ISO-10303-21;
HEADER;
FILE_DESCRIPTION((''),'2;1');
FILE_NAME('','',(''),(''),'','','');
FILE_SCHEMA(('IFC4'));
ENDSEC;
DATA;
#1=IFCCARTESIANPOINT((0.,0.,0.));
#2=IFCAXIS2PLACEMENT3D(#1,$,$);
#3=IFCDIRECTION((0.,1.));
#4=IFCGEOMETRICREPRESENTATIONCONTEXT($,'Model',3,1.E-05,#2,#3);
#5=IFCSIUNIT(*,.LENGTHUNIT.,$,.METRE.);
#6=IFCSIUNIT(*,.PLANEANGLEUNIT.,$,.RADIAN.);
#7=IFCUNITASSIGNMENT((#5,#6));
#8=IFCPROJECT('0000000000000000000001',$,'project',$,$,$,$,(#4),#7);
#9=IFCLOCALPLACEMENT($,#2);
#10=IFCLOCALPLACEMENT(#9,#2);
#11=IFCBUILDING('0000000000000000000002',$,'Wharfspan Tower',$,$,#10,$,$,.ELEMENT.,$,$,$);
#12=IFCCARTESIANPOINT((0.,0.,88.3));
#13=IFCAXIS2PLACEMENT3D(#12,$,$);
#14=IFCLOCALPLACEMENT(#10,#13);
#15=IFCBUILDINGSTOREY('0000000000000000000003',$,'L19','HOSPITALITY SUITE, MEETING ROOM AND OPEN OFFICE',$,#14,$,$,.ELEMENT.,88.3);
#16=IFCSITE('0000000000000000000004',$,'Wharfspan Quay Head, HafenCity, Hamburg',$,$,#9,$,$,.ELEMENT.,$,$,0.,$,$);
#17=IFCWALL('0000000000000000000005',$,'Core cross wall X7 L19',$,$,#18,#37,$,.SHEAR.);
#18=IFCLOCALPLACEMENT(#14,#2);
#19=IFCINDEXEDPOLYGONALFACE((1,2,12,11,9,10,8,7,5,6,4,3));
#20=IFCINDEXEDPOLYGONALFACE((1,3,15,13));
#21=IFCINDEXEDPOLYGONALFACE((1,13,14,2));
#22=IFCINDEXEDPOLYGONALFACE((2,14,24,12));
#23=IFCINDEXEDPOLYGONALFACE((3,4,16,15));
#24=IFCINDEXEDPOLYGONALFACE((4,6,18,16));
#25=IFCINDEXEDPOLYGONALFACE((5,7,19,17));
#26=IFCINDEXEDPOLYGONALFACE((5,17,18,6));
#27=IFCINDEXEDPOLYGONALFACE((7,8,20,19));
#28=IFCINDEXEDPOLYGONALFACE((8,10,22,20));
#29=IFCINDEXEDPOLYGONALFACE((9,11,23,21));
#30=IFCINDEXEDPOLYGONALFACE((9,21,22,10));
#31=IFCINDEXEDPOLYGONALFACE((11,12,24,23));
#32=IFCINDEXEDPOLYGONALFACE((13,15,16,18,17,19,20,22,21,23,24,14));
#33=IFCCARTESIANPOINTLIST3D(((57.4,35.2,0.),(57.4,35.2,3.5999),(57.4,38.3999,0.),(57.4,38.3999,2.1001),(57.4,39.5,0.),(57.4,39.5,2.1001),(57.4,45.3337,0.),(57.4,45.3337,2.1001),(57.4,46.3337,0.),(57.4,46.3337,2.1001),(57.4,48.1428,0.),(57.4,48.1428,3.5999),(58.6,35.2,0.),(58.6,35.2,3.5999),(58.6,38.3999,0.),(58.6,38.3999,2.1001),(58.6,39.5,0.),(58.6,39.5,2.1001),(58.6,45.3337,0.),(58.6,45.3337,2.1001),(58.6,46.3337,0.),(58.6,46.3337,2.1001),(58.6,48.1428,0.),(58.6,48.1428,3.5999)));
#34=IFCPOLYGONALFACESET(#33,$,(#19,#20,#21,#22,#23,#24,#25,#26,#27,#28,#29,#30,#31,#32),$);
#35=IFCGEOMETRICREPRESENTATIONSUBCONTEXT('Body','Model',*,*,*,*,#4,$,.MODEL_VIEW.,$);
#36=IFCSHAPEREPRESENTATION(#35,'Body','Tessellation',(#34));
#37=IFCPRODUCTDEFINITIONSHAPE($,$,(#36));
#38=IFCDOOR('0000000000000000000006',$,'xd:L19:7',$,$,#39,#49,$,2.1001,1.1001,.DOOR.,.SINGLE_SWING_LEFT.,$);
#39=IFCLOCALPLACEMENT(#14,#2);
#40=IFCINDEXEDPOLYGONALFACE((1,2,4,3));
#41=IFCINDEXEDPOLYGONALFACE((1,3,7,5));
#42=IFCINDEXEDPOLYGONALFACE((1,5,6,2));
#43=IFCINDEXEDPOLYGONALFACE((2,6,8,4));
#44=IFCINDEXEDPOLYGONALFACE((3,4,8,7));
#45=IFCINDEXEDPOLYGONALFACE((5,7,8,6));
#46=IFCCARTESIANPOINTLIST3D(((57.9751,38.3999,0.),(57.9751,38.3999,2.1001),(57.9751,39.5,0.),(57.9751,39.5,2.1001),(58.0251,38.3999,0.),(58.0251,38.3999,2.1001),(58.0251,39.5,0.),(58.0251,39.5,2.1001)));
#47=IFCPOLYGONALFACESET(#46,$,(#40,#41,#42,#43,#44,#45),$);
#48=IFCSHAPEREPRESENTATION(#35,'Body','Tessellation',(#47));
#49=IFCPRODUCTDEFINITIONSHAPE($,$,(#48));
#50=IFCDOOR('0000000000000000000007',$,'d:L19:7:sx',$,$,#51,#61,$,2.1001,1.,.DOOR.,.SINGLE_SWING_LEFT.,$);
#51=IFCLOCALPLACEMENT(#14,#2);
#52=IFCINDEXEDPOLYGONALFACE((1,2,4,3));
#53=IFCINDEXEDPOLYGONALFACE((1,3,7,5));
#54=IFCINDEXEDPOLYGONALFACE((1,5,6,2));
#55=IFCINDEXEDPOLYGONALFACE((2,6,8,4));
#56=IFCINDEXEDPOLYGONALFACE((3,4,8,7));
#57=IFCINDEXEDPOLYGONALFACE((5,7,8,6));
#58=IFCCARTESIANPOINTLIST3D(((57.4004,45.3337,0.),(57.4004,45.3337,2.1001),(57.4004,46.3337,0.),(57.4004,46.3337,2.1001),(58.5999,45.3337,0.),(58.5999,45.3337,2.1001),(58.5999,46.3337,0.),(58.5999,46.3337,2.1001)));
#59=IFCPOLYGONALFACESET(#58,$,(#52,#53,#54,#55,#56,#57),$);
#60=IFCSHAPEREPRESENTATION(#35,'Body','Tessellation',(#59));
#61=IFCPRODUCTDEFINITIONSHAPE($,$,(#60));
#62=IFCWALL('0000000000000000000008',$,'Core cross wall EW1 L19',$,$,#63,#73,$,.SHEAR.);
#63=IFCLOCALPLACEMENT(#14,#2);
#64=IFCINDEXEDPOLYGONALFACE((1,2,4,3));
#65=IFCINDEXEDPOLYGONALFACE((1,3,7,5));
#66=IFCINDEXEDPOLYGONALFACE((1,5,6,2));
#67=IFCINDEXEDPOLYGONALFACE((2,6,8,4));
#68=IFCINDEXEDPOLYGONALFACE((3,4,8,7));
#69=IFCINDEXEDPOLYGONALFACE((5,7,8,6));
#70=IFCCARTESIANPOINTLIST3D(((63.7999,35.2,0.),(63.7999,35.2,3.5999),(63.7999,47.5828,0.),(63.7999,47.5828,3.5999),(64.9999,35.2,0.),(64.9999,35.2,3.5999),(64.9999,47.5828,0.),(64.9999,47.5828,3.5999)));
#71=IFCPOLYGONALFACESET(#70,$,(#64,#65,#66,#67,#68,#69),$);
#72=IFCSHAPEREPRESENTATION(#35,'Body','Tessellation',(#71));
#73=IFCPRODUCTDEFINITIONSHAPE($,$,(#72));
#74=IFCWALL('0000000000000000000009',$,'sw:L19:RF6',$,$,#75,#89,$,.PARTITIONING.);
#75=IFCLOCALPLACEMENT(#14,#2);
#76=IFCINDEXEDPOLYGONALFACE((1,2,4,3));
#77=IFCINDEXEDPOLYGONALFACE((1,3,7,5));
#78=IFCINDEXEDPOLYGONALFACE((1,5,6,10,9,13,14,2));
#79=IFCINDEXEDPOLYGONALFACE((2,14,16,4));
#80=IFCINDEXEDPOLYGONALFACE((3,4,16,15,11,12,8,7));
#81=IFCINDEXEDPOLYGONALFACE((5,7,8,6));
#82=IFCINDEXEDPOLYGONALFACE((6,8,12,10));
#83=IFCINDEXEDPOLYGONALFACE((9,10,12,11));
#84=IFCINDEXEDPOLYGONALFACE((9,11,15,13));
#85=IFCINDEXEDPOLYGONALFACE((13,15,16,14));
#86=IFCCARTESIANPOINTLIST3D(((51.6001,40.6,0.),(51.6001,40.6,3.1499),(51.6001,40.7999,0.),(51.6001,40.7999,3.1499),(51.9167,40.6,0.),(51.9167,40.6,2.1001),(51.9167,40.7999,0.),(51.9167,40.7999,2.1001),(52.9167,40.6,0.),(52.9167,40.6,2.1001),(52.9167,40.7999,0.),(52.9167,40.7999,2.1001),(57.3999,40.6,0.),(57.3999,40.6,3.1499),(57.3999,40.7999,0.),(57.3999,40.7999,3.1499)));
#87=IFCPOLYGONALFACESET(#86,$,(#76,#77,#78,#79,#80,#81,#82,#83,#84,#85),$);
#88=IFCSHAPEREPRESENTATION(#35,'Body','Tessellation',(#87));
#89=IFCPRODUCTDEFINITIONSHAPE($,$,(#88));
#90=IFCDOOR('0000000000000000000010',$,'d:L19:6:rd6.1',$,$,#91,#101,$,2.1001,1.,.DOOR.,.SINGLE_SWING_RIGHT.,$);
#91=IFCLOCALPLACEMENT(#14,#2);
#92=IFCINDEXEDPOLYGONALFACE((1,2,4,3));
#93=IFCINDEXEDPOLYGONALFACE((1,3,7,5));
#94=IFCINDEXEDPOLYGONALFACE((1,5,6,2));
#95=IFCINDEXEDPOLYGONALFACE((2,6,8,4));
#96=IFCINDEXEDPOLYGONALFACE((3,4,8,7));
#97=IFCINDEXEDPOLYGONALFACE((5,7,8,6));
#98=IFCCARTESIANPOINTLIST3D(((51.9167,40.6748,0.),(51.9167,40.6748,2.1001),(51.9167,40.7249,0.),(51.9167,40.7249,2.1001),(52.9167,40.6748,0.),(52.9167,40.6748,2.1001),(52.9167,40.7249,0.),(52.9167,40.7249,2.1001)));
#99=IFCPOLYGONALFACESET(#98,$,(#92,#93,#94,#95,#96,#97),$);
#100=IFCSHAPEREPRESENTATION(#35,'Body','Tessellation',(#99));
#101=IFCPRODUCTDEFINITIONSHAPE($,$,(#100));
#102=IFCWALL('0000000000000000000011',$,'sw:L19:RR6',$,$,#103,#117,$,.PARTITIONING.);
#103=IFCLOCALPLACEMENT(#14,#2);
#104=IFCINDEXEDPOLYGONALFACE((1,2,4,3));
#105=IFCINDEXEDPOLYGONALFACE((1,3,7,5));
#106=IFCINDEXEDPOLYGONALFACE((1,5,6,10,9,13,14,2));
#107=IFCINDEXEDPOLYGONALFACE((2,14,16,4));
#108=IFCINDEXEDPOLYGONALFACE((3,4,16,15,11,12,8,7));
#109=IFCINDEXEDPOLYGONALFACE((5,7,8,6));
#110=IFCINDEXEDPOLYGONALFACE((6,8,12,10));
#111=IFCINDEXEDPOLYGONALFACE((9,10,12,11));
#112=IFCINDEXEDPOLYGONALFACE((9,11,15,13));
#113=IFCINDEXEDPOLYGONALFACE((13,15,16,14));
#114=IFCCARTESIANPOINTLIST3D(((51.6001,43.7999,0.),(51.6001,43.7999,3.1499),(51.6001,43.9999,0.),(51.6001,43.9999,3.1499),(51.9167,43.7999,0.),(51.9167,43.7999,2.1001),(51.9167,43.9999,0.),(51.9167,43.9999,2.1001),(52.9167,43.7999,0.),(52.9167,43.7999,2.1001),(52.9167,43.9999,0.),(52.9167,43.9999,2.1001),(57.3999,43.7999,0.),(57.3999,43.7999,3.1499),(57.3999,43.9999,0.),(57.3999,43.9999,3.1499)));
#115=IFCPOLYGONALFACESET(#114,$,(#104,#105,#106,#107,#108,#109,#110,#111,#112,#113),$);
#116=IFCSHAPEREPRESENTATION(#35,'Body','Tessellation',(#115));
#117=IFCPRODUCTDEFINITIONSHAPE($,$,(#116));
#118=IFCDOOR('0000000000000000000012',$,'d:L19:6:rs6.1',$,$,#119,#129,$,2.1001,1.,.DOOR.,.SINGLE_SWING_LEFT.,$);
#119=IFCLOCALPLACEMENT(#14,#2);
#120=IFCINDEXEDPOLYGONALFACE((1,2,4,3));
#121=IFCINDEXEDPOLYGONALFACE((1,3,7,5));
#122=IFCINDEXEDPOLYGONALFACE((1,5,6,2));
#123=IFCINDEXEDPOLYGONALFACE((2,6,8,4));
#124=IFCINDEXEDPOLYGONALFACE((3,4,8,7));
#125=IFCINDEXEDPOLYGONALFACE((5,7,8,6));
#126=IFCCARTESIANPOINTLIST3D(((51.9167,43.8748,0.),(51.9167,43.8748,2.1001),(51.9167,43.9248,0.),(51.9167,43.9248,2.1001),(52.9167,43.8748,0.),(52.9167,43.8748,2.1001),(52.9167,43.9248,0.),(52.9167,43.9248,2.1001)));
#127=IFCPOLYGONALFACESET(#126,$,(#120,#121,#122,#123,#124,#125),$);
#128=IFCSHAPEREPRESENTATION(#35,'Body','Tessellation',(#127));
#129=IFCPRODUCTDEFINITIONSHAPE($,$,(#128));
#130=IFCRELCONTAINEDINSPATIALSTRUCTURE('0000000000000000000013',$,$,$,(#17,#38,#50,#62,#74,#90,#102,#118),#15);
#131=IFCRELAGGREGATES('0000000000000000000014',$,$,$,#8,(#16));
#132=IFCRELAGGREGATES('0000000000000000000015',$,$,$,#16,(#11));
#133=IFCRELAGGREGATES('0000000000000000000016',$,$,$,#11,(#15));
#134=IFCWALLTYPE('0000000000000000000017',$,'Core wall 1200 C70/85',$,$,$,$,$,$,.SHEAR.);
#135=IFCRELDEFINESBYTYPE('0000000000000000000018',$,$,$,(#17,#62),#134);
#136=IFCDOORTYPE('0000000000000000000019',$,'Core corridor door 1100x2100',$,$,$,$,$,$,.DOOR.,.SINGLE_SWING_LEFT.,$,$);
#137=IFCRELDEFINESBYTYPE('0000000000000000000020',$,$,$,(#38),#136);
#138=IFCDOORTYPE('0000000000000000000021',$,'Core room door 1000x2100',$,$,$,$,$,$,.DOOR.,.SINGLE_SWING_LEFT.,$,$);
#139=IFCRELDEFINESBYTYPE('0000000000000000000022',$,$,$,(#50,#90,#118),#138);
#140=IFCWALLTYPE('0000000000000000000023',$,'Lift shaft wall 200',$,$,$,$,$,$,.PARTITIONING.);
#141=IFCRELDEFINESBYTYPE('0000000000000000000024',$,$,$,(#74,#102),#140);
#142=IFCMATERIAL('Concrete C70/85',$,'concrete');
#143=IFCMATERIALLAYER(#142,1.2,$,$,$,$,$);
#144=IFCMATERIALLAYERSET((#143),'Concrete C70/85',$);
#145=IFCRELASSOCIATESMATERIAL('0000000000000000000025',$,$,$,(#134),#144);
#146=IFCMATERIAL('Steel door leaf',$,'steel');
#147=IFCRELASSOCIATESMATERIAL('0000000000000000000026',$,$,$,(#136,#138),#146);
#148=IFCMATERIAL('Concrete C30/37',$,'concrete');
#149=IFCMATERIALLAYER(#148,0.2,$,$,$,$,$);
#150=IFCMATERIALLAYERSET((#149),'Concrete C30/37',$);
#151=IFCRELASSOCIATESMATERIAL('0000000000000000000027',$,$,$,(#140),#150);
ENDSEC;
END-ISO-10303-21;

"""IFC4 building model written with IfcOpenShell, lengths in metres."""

from ifc_helpers import new_model, si_unit, direction, frame, frame_2d, origin, place, context, subcontext, project, spatial, rectangle, extrude, material, layer, layer_set, type_object, element, fill, save


model = new_model("IFC4")

# Units and contexts
model_context = context("Model", 3, precision=1e-05, world=origin(), true_north=direction((0.0, 1.0)))
body_context = subcontext(model_context, "Body", "Model", "MODEL_VIEW")
ifc_project = project(units=[si_unit("LENGTHUNIT", "METRE"), si_unit("PLANEANGLEUNIT", "RADIAN")], contexts=[model_context])

# Site, building, storey
site_placement = place(None, origin())
site = spatial("IfcSite", under=ifc_project, at=site_placement, Name="Wharfspan Quay Head, HafenCity, Hamburg", CompositionType="ELEMENT", RefElevation=0.0)
building_placement = place(site_placement, origin())
building = spatial("IfcBuilding", under=site, at=building_placement, Name="Wharfspan Tower", CompositionType="ELEMENT")
storey_placement = place(building_placement, frame((0.0, 0.0, 88.3)))
storey = spatial("IfcBuildingStorey", under=building, at=storey_placement, Name="L19", Description="HOSPITALITY SUITE, MEETING ROOM AND OPEN OFFICE", CompositionType="ELEMENT", Elevation=88.3)

# Shared definitions
ifc_material_1 = material(Name="Concrete C70/85", Category="concrete")

# Wall, openings, doors
ifc_layer_1 = layer(ifc_material_1, 1.2)
ifc_layer_set_1 = layer_set([ifc_layer_1], Name="Concrete C70/85")
wall_type_1 = type_object("IfcWallType", Name="Core wall 1200 C70/85", PredefinedType="SHEAR", material=ifc_layer_set_1)
wall_1_placement = place(storey_placement, frame((58.0, 35.2, 0.0), z_axis=(0.0, 0.0, 1.0), x_axis=(0.0, 1.0, 0.0)))
wall_1 = element("IfcWall", 1, at=wall_1_placement, inside=storey, type_object=wall_type_1, Name="Core cross wall X7 L19", PredefinedType="SHEAR", context=body_context, shape_type="SweptSolid", body=[
    extrude(rectangle(XDim=12.9429, YDim=1.2, at=frame_2d((6.4714, 0.0))), origin(), (0.0, 0.0, 1.0), 3.5999),
])
opening_1_placement = place(wall_1_placement, frame((10.1338, 0.0, 0.0)))
opening_1 = element("IfcOpeningElement", 2, at=opening_1_placement, cuts=wall_1, PredefinedType="OPENING", context=body_context, shape_type="SweptSolid", body=[
    extrude(rectangle(XDim=1.0, YDim=2.1001, at=frame_2d((0.5, 1.05))), frame((0.0, 0.6099, 0.0), z_axis=(0.0, -1.0, 0.0), x_axis=(1.0, 0.0, 0.0)), (0.0, 0.0, 1.0), 1.22),
])
opening_2_placement = place(wall_1_placement, frame((3.2, 0.0, 0.0)))
opening_2 = element("IfcOpeningElement", 3, at=opening_2_placement, cuts=wall_1, PredefinedType="OPENING", context=body_context, shape_type="SweptSolid", body=[
    extrude(rectangle(XDim=1.1001, YDim=2.1001, at=frame_2d((0.55, 1.05))), frame((0.0, 0.6099, 0.0), z_axis=(0.0, -1.0, 0.0), x_axis=(1.0, 0.0, 0.0)), (0.0, 0.0, 1.0), 1.22),
])
ifc_material_2 = material(Name="Steel door leaf", Category="steel")
door_type_1 = type_object("IfcDoorType", Name="Core corridor door 1100x2100", OperationType="SINGLE_SWING_LEFT", PredefinedType="DOOR", material=ifc_material_2)
door_1_placement = place(opening_2_placement, origin())
door_1 = element("IfcDoor", 4, at=door_1_placement, inside=storey, type_object=door_type_1, Name="xd:L19:7", OperationType="SINGLE_SWING_LEFT", OverallHeight=2.1001, OverallWidth=1.1001, PredefinedType="DOOR", context=body_context, shape_type="SweptSolid", body=[
    extrude(rectangle(XDim=1.1001, YDim=2.1001, at=frame_2d((0.55, 1.05))), frame((0.0, 0.0249, 0.0), z_axis=(0.0, -1.0, 0.0), x_axis=(1.0, 0.0, 0.0)), (0.0, 0.0, 1.0), 0.05),
])
fill(opening_2, door_1)
door_type_2 = type_object("IfcDoorType", Name="Core room door 1000x2100", OperationType="SINGLE_SWING_LEFT", PredefinedType="DOOR", material=ifc_material_2)
door_2_placement = place(opening_1_placement, origin())
door_2 = element("IfcDoor", 5, at=door_2_placement, inside=storey, type_object=door_type_2, Name="d:L19:7:sx", OperationType="SINGLE_SWING_LEFT", OverallHeight=2.1001, OverallWidth=1.0, PredefinedType="DOOR", context=body_context, shape_type="SweptSolid", body=[
    extrude(rectangle(XDim=1.0, YDim=2.1001, at=frame_2d((0.5, 1.05))), frame((0.0, 0.5996, 0.0), z_axis=(0.0, -1.0, 0.0), x_axis=(1.0, 0.0, 0.0)), (0.0, 0.0, 1.0), 1.1995),
])
fill(opening_1, door_2)

# Wall
wall_2_placement = place(storey_placement, frame((64.3999, 35.2, 0.0), z_axis=(0.0, 0.0, 1.0), x_axis=(0.0, 1.0, 0.0)))
element("IfcWall", 6, at=wall_2_placement, inside=storey, type_object=wall_type_1, Name="Core cross wall EW1 L19", PredefinedType="SHEAR", context=body_context, shape_type="SweptSolid", body=[
    extrude(rectangle(XDim=12.3828, YDim=1.2, at=frame_2d((6.1914, 0.0))), origin(), (0.0, 0.0, 1.0), 3.5999),
])

# Walls, openings, doors
ifc_material_3 = material(Name="Concrete C30/37", Category="concrete")
ifc_layer_2 = layer(ifc_material_3, 0.2)
ifc_layer_set_2 = layer_set([ifc_layer_2], Name="Concrete C30/37")
wall_type_2 = type_object("IfcWallType", Name="Lift shaft wall 200", PredefinedType="PARTITIONING", material=ifc_layer_set_2)
wall_3_placement = place(storey_placement, frame((51.6001, 40.7, 0.0), z_axis=(0.0, 0.0, 1.0), x_axis=(1.0, 0.0, 0.0)))
wall_3 = element("IfcWall", 7, at=wall_3_placement, inside=storey, type_object=wall_type_2, Name="sw:L19:RF6", PredefinedType="PARTITIONING", context=body_context, shape_type="SweptSolid", body=[
    extrude(rectangle(XDim=5.7998, YDim=0.2, at=frame_2d((2.8999, 0.0))), origin(), (0.0, 0.0, 1.0), 3.1499),
])
opening_3_placement = place(wall_3_placement, frame((0.3166, 0.0, 0.0)))
opening_3 = element("IfcOpeningElement", 8, at=opening_3_placement, cuts=wall_3, PredefinedType="OPENING", context=body_context, shape_type="SweptSolid", body=[
    extrude(rectangle(XDim=1.0, YDim=2.1001, at=frame_2d((0.5, 1.05))), frame((0.0, 0.1099, 0.0), z_axis=(0.0, -1.0, 0.0), x_axis=(1.0, 0.0, 0.0)), (0.0, 0.0, 1.0), 0.22),
])
door_3_placement = place(opening_3_placement, origin())
door_3 = element("IfcDoor", 9, at=door_3_placement, inside=storey, type_object=door_type_2, Name="d:L19:6:rd6.1", OperationType="SINGLE_SWING_RIGHT", OverallHeight=2.1001, OverallWidth=1.0, PredefinedType="DOOR", context=body_context, shape_type="SweptSolid", body=[
    extrude(rectangle(XDim=1.0, YDim=2.1001, at=frame_2d((0.5, 1.05))), frame((0.0, 0.0249, 0.0), z_axis=(0.0, -1.0, 0.0), x_axis=(1.0, 0.0, 0.0)), (0.0, 0.0, 1.0), 0.05),
])
fill(opening_3, door_3)
wall_4_placement = place(storey_placement, frame((51.6001, 43.8999, 0.0), z_axis=(0.0, 0.0, 1.0), x_axis=(1.0, 0.0, 0.0)))
wall_4 = element("IfcWall", 10, at=wall_4_placement, inside=storey, type_object=wall_type_2, Name="sw:L19:RR6", PredefinedType="PARTITIONING", context=body_context, shape_type="SweptSolid", body=[
    extrude(rectangle(XDim=5.7998, YDim=0.2, at=frame_2d((2.8999, 0.0))), origin(), (0.0, 0.0, 1.0), 3.1499),
])
opening_4_placement = place(wall_4_placement, frame((0.3166, 0.0, 0.0)))
opening_4 = element("IfcOpeningElement", 11, at=opening_4_placement, cuts=wall_4, PredefinedType="OPENING", context=body_context, shape_type="SweptSolid", body=[
    extrude(rectangle(XDim=1.0, YDim=2.1001, at=frame_2d((0.5, 1.05))), frame((0.0, 0.1099, 0.0), z_axis=(0.0, -1.0, 0.0), x_axis=(1.0, 0.0, 0.0)), (0.0, 0.0, 1.0), 0.22),
])
door_4_placement = place(opening_4_placement, origin())
door_4 = element("IfcDoor", 12, at=door_4_placement, inside=storey, type_object=door_type_2, Name="d:L19:6:rs6.1", OperationType="SINGLE_SWING_LEFT", OverallHeight=2.1001, OverallWidth=1.0, PredefinedType="DOOR", context=body_context, shape_type="SweptSolid", body=[
    extrude(rectangle(XDim=1.0, YDim=2.1001, at=frame_2d((0.5, 1.05))), frame((0.0, 0.0249, 0.0), z_axis=(0.0, -1.0, 0.0), x_axis=(1.0, 0.0, 0.0)), (0.0, 0.0, 1.0), 0.05),
])
fill(opening_4, door_4)

save(model, "model.ifc")
